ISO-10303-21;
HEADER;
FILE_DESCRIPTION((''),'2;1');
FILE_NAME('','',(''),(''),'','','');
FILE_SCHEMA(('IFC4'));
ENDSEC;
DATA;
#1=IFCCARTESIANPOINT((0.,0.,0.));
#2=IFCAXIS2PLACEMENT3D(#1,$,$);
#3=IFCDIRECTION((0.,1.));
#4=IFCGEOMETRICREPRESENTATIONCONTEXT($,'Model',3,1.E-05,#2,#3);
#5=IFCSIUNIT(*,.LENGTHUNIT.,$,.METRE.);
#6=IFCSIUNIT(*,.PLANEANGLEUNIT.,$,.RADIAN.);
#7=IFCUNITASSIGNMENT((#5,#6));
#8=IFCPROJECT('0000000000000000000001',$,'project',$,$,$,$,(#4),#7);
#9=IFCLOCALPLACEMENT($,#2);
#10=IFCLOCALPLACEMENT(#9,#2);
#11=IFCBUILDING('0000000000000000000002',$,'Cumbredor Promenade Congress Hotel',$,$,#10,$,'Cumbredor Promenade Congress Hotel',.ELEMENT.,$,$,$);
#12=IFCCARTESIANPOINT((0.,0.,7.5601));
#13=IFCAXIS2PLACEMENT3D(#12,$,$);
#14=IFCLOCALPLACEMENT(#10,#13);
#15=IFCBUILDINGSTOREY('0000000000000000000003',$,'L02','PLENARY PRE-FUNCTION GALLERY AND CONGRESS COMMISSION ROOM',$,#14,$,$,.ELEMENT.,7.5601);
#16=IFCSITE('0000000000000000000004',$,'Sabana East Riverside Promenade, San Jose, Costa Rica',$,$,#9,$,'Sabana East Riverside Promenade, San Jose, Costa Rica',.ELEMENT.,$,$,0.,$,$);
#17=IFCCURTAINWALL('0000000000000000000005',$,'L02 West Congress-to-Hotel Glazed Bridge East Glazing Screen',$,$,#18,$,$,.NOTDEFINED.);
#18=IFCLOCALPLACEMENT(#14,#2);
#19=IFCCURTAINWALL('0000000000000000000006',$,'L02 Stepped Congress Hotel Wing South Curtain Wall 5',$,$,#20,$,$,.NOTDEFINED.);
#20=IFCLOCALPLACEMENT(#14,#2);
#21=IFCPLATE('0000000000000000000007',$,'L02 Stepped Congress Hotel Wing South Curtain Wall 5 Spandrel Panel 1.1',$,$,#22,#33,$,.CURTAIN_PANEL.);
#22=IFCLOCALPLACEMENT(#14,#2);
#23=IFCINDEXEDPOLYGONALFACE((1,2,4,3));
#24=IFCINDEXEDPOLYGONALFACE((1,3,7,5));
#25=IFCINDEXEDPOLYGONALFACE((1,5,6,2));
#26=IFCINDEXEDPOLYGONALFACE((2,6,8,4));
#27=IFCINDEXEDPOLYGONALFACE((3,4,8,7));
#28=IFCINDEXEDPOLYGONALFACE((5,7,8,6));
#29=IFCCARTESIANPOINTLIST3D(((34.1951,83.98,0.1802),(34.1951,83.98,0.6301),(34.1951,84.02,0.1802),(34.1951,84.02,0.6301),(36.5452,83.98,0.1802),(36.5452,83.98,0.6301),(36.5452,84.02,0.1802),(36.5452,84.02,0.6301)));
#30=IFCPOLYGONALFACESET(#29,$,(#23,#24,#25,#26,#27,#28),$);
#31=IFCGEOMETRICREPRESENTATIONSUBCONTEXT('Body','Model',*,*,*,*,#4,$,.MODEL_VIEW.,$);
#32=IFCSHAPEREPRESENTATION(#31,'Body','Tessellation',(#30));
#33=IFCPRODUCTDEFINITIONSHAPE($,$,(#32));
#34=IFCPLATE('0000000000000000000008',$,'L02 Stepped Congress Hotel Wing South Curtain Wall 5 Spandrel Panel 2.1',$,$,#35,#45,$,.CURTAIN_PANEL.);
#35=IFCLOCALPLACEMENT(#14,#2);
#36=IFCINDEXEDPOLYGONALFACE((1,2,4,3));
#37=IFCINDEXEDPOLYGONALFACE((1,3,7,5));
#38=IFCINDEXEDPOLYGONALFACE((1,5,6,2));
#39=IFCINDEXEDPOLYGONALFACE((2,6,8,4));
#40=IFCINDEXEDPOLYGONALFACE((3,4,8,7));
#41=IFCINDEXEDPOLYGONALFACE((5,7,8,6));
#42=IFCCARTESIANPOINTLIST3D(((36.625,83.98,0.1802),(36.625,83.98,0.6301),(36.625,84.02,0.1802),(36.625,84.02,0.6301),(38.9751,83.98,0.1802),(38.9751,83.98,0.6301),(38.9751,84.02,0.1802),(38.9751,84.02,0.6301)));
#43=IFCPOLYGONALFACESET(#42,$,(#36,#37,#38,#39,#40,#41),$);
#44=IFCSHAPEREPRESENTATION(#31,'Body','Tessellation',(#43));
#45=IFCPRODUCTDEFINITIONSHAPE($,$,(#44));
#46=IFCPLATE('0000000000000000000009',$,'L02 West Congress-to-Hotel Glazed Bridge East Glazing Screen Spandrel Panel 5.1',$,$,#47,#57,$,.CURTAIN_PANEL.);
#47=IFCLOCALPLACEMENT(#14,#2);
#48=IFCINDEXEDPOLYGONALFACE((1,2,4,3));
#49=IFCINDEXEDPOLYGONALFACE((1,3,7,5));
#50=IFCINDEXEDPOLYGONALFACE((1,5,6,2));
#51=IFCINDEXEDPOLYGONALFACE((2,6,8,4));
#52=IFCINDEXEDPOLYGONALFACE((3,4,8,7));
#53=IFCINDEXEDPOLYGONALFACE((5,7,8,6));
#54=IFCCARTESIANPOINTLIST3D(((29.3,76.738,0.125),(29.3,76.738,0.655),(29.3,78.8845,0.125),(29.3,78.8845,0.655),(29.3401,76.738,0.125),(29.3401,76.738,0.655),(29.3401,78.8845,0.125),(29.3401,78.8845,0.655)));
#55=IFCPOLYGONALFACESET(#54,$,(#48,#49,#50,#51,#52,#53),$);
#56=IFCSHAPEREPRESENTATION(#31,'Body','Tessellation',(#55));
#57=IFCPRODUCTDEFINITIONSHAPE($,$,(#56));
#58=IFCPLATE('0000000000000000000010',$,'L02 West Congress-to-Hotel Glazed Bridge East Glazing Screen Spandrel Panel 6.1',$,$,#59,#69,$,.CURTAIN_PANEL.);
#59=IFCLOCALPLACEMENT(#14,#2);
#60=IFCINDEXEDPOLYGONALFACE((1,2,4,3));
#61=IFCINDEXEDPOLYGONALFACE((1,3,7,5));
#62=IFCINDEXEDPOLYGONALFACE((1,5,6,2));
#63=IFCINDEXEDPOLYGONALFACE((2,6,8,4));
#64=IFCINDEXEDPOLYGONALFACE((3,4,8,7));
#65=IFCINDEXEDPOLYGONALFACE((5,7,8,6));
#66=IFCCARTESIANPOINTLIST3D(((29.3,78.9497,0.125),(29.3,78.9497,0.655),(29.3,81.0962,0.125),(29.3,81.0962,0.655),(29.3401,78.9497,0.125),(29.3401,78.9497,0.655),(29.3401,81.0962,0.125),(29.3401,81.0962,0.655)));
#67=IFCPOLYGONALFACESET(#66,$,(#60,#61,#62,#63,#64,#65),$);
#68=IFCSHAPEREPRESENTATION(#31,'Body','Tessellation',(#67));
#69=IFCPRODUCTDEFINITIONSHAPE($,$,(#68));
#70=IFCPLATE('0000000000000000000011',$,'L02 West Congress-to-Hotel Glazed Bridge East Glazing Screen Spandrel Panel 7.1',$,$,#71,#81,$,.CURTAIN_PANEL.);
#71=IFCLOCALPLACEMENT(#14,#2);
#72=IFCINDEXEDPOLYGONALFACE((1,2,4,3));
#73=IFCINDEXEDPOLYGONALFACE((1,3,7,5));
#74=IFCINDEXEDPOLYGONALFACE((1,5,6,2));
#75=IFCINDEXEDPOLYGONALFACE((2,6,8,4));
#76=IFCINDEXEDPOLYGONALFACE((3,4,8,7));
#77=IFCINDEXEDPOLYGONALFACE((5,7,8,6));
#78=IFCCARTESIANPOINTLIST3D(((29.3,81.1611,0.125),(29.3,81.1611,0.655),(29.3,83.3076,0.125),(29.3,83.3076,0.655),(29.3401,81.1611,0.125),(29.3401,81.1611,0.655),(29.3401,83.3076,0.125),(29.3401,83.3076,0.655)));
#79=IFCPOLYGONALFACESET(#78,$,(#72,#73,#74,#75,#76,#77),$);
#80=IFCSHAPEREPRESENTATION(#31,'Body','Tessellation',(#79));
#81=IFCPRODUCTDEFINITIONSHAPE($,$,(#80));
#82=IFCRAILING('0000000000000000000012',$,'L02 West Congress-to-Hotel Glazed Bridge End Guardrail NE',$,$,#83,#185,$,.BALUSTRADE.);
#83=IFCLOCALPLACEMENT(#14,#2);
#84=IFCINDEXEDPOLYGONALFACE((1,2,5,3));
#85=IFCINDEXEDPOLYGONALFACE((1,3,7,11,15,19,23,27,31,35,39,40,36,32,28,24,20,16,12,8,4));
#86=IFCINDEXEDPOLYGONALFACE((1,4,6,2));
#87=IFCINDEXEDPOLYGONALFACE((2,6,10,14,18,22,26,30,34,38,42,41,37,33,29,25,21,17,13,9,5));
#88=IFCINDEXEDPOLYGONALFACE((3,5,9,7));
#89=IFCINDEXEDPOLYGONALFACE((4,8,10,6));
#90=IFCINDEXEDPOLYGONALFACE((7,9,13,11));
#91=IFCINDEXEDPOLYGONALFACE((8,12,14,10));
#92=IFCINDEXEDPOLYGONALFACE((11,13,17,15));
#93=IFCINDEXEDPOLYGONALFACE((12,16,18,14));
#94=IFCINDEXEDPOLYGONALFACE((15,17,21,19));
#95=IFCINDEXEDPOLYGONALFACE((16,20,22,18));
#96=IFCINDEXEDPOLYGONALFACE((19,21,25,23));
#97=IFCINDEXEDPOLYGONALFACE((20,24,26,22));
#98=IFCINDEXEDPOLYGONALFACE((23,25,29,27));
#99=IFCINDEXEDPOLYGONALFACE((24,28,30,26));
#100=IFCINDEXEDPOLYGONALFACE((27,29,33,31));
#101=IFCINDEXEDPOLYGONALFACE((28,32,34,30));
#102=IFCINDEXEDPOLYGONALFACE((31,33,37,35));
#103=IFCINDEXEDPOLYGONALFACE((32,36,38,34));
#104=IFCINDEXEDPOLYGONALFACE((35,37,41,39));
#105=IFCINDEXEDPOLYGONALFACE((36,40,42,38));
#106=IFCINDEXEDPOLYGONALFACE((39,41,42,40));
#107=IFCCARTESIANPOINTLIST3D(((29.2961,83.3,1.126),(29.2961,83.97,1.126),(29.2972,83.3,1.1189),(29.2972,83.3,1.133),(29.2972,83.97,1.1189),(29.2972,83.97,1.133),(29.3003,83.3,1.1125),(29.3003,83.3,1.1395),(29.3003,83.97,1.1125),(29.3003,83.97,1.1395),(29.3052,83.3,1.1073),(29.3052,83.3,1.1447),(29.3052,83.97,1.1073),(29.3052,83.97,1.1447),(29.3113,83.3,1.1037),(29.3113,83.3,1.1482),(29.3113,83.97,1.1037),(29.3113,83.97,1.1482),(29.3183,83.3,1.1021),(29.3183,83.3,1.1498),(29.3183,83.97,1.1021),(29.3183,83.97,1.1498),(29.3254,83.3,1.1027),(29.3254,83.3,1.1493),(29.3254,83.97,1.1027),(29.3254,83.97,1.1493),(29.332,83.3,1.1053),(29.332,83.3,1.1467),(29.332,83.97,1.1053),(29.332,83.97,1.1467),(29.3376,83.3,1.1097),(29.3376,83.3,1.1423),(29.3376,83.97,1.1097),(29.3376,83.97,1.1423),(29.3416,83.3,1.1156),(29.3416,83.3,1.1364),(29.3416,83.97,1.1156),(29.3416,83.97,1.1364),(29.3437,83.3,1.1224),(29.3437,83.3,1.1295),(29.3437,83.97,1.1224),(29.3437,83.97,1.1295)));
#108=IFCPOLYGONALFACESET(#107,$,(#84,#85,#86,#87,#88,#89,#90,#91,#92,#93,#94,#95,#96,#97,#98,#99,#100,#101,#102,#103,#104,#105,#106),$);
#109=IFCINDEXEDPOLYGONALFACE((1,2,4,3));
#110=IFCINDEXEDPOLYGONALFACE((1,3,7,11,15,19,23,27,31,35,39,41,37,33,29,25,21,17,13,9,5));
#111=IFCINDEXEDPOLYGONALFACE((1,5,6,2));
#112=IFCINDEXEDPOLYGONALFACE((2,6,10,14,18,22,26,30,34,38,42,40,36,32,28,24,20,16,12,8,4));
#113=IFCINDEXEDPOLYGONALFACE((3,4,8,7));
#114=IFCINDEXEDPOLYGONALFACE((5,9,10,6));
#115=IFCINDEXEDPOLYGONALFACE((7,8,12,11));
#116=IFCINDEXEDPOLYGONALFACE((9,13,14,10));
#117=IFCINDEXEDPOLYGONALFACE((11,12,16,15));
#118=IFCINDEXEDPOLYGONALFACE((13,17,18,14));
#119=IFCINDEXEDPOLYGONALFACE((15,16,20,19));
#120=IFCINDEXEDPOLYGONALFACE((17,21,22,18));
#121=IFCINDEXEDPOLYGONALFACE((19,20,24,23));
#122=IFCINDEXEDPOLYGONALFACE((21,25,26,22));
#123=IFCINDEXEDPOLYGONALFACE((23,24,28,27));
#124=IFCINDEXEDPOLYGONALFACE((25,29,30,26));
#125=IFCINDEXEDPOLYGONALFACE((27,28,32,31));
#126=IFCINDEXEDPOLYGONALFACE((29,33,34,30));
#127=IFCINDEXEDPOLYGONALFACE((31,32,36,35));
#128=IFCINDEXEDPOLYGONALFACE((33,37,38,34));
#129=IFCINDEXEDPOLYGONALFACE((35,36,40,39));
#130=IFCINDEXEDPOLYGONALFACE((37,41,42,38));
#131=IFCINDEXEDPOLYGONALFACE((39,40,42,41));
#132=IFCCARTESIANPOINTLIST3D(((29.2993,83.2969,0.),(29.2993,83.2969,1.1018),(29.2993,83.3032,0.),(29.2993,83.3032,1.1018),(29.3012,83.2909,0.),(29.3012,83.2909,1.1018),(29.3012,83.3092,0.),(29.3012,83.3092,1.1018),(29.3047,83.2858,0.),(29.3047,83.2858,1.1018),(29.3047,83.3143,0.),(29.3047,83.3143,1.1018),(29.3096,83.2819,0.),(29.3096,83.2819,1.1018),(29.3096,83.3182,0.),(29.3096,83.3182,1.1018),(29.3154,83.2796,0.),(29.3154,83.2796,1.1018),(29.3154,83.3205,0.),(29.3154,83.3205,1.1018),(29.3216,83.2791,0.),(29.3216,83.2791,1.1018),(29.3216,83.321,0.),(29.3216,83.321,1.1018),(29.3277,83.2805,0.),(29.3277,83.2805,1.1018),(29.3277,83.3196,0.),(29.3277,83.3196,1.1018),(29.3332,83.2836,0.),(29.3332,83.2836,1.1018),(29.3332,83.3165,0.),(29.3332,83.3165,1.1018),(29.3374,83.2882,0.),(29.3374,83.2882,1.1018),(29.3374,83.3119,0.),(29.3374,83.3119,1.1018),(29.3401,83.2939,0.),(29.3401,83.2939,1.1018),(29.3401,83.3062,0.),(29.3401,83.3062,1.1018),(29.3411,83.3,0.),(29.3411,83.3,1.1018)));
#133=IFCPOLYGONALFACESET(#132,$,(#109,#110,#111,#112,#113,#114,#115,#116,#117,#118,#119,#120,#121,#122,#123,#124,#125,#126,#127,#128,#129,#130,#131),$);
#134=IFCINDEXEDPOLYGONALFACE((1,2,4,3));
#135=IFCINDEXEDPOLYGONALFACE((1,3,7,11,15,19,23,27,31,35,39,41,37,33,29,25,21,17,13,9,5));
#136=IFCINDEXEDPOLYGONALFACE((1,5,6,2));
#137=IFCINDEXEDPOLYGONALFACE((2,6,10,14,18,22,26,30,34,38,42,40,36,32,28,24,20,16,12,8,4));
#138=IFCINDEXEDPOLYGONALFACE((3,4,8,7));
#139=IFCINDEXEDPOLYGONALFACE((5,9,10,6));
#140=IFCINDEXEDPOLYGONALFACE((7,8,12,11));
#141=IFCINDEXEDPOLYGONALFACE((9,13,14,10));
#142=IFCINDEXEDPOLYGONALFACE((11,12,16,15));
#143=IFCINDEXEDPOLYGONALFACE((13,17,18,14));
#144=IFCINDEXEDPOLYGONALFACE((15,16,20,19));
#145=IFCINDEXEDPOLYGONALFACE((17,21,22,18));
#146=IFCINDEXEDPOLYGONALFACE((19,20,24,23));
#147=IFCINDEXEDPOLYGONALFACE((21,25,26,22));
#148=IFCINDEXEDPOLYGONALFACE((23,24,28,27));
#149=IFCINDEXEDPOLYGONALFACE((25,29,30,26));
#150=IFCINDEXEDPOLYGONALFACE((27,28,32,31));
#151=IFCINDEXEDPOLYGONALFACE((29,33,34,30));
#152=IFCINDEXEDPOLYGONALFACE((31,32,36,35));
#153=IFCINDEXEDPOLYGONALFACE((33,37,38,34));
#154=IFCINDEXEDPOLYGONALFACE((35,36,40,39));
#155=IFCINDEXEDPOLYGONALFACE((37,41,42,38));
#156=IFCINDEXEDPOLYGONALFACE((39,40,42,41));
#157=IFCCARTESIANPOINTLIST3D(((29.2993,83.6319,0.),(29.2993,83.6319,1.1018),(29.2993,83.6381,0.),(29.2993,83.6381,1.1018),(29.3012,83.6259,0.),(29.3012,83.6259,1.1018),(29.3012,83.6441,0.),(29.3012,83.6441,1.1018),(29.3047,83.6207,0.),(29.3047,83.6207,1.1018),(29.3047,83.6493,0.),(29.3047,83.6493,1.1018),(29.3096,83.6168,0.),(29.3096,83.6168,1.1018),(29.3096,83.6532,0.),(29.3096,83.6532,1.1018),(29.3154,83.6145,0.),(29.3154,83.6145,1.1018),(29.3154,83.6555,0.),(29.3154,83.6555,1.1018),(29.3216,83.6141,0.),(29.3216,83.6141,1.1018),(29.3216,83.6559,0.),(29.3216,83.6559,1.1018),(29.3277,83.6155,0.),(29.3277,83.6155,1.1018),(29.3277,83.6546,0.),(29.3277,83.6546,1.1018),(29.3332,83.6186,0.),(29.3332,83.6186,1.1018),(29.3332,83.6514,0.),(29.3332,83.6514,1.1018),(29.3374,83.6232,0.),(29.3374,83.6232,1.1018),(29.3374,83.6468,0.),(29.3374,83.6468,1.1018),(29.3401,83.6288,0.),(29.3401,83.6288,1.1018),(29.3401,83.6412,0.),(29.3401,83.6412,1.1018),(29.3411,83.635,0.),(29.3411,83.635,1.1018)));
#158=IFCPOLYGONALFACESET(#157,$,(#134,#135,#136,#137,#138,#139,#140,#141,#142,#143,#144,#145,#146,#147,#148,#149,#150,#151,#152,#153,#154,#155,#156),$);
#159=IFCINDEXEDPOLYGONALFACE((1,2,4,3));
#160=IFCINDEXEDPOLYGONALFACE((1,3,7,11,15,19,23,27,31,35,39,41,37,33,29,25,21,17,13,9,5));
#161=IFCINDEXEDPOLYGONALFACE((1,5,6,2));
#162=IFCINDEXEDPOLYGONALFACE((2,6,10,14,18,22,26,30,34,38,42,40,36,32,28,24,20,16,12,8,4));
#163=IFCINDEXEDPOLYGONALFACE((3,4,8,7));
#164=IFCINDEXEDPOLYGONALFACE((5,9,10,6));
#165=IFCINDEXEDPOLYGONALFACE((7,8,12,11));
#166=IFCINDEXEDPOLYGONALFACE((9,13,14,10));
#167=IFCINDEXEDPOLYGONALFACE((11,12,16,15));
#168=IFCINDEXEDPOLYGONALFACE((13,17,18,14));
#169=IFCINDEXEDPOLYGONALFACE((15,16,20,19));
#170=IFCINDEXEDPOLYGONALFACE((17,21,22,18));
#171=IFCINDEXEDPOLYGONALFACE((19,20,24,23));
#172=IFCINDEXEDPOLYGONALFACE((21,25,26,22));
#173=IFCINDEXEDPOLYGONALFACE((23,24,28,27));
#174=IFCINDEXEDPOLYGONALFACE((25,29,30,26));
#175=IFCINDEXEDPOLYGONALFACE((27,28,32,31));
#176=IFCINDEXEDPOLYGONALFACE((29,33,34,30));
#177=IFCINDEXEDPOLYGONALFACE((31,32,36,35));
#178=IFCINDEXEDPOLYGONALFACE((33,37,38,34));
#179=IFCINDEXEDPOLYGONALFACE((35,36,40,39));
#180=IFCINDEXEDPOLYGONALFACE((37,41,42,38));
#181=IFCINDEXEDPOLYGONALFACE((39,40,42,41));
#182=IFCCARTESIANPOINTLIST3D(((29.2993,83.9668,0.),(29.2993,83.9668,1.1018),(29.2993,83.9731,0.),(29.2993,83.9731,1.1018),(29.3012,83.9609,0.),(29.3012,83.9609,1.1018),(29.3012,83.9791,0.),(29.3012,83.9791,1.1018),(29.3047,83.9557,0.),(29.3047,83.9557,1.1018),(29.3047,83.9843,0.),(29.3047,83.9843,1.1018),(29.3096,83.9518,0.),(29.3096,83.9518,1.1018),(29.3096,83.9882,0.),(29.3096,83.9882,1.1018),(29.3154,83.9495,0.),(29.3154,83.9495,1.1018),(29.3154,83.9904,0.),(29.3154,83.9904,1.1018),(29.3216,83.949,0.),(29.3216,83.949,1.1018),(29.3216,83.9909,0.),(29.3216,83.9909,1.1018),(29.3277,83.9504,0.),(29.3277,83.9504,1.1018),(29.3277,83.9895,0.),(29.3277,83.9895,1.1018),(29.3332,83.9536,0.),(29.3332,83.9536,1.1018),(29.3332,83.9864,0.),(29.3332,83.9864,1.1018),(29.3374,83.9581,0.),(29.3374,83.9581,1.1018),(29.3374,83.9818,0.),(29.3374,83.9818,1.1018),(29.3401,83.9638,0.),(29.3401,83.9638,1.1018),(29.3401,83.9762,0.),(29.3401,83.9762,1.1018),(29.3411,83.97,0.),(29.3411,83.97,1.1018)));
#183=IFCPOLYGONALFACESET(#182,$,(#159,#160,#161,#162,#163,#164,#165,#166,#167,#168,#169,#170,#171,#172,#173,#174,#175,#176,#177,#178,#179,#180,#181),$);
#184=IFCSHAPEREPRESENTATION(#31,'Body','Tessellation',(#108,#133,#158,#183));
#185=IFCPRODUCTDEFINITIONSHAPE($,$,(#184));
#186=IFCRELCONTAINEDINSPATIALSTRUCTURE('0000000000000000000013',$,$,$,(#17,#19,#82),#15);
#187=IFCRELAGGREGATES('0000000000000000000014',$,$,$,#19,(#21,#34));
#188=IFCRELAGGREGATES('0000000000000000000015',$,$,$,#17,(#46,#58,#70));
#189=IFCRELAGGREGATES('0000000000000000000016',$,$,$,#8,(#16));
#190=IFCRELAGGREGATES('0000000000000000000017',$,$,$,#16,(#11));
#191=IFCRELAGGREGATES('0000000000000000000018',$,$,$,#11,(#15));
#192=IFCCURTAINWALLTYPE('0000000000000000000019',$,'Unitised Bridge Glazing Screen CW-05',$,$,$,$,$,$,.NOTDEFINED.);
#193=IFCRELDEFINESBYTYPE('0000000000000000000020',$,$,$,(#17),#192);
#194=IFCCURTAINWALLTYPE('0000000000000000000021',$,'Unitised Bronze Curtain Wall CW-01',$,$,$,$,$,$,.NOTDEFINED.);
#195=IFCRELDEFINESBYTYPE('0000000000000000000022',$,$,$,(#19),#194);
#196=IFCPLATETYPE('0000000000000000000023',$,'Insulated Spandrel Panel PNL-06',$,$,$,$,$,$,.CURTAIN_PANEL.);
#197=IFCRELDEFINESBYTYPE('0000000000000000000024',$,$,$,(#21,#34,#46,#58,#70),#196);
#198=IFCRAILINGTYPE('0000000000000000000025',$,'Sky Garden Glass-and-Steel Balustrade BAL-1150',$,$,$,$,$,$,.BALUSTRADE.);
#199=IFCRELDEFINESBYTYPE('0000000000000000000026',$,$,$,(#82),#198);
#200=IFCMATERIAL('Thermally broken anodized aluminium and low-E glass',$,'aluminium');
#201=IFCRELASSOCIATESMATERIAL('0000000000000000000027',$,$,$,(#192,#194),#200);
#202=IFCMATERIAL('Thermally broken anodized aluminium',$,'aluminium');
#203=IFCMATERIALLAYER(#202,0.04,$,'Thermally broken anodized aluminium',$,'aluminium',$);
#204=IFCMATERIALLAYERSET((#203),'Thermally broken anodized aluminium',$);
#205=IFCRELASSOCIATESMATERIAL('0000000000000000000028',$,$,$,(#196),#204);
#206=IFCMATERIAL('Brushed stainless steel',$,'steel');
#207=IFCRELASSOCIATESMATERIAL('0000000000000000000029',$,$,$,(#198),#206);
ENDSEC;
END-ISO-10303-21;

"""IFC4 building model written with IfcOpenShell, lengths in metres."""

from ifc_helpers import new_model, si_unit, direction, frame, origin, origin_2d, place, context, subcontext, project, spatial, rectangle, circle, extrude, material, layer, layer_set, type_object, element, aggregate, save


model = new_model("IFC4")

# Units and contexts
model_context = context("Model", 3, precision=1e-05, world=origin(), true_north=direction((0.0, 1.0)))
body_context = subcontext(model_context, "Body", "Model", "MODEL_VIEW")
ifc_project = project(units=[si_unit("LENGTHUNIT", "METRE"), si_unit("PLANEANGLEUNIT", "RADIAN")], contexts=[model_context])

# Site, building, storey
site_placement = place(None, origin())
site = spatial("IfcSite", under=ifc_project, at=site_placement, Name="Sabana East Riverside Promenade, San Jose, Costa Rica", LongName="Sabana East Riverside Promenade, San Jose, Costa Rica", CompositionType="ELEMENT", RefElevation=0.0)
building_placement = place(site_placement, origin())
building = spatial("IfcBuilding", under=site, at=building_placement, Name="Cumbredor Promenade Congress Hotel", LongName="Cumbredor Promenade Congress Hotel", CompositionType="ELEMENT")
storey_placement = place(building_placement, frame((0.0, 0.0, 7.5601)))
storey = spatial("IfcBuildingStorey", under=building, at=storey_placement, Name="L02", Description="PLENARY PRE-FUNCTION GALLERY AND CONGRESS COMMISSION ROOM", CompositionType="ELEMENT", Elevation=7.5601)

# Curtain walls
ifc_material_1 = material(Name="Thermally broken anodized aluminium and low-E glass", Category="aluminium")
curtain_wall_type_1 = type_object("IfcCurtainWallType", Name="Unitised Bridge Glazing Screen CW-05", PredefinedType="NOTDEFINED", material=ifc_material_1)
curtain_wall_1_placement = place(storey_placement, origin())
curtain_wall_1 = element("IfcCurtainWall", 1, at=curtain_wall_1_placement, inside=storey, type_object=curtain_wall_type_1, Name="L02 West Congress-to-Hotel Glazed Bridge East Glazing Screen", PredefinedType="NOTDEFINED")
ifc_material_2 = material(Name="Thermally broken anodized aluminium", Category="aluminium")
curtain_wall_type_2 = type_object("IfcCurtainWallType", Name="Unitised Bronze Curtain Wall CW-01", PredefinedType="NOTDEFINED", material=ifc_material_1)
curtain_wall_2_placement = place(storey_placement, origin())
curtain_wall_2 = element("IfcCurtainWall", 2, at=curtain_wall_2_placement, inside=storey, type_object=curtain_wall_type_2, Name="L02 Stepped Congress Hotel Wing South Curtain Wall 5", PredefinedType="NOTDEFINED")

# Plates
ifc_layer_1 = layer(ifc_material_2, 0.04, Name="Thermally broken anodized aluminium", Category="aluminium")
ifc_layer_set_1 = layer_set([ifc_layer_1], Name="Thermally broken anodized aluminium")
plate_type_1 = type_object("IfcPlateType", Name="Insulated Spandrel Panel PNL-06", PredefinedType="CURTAIN_PANEL", material=ifc_layer_set_1)
plate_1_placement = place(storey_placement, frame((35.3701, 84.0, 0.1802), z_axis=(0.0, 0.0, 1.0), x_axis=(1.0, 0.0, 0.0)))
plate_1 = element("IfcPlate", 3, at=plate_1_placement, type_object=plate_type_1, Name="L02 Stepped Congress Hotel Wing South Curtain Wall 5 Spandrel Panel 1.1", PredefinedType="CURTAIN_PANEL", context=body_context, shape_type="SweptSolid", body=[
    extrude(rectangle(XDim=2.3501, YDim=0.04, at=origin_2d()), origin(), (0.0, 0.0, 1.0), 0.45),
])
plate_2_placement = place(storey_placement, frame((37.8, 84.0, 0.1802), z_axis=(0.0, 0.0, 1.0), x_axis=(1.0, 0.0, 0.0)))
plate_2 = element("IfcPlate", 4, at=plate_2_placement, type_object=plate_type_1, Name="L02 Stepped Congress Hotel Wing South Curtain Wall 5 Spandrel Panel 2.1", PredefinedType="CURTAIN_PANEL", context=body_context, shape_type="SweptSolid", body=[
    extrude(rectangle(XDim=2.3501, YDim=0.04, at=origin_2d()), origin(), (0.0, 0.0, 1.0), 0.45),
])
aggregate(curtain_wall_2, [plate_1, plate_2])
plate_3_placement = place(storey_placement, frame((29.3201, 77.8113, 0.125), z_axis=(0.0, 0.0, 1.0), x_axis=(0.0, 1.0, 0.0)))
plate_3 = element("IfcPlate", 5, at=plate_3_placement, type_object=plate_type_1, Name="L02 West Congress-to-Hotel Glazed Bridge East Glazing Screen Spandrel Panel 5.1", PredefinedType="CURTAIN_PANEL", context=body_context, shape_type="SweptSolid", body=[
    extrude(rectangle(XDim=2.1465, YDim=0.04, at=origin_2d()), origin(), (0.0, 0.0, 1.0), 0.53),
])
plate_4_placement = place(storey_placement, frame((29.3201, 80.0229, 0.125), z_axis=(0.0, 0.0, 1.0), x_axis=(0.0, 1.0, 0.0)))
plate_4 = element("IfcPlate", 6, at=plate_4_placement, type_object=plate_type_1, Name="L02 West Congress-to-Hotel Glazed Bridge East Glazing Screen Spandrel Panel 6.1", PredefinedType="CURTAIN_PANEL", context=body_context, shape_type="SweptSolid", body=[
    extrude(rectangle(XDim=2.1465, YDim=0.04, at=origin_2d()), origin(), (0.0, 0.0, 1.0), 0.53),
])
plate_5_placement = place(storey_placement, frame((29.3201, 82.2344, 0.125), z_axis=(0.0, 0.0, 1.0), x_axis=(0.0, 1.0, 0.0)))
plate_5 = element("IfcPlate", 7, at=plate_5_placement, type_object=plate_type_1, Name="L02 West Congress-to-Hotel Glazed Bridge East Glazing Screen Spandrel Panel 7.1", PredefinedType="CURTAIN_PANEL", context=body_context, shape_type="SweptSolid", body=[
    extrude(rectangle(XDim=2.1465, YDim=0.04, at=origin_2d()), origin(), (0.0, 0.0, 1.0), 0.53),
])
aggregate(curtain_wall_1, [plate_3, plate_4, plate_5])

# Railing
ifc_material_3 = material(Name="Brushed stainless steel", Category="steel")
railing_type = type_object("IfcRailingType", Name="Sky Garden Glass-and-Steel Balustrade BAL-1150", PredefinedType="BALUSTRADE", material=ifc_material_3)
railing_placement = place(storey_placement, frame((29.3201, 83.3, 0.0)))
element("IfcRailing", 8, at=railing_placement, inside=storey, type_object=railing_type, Name="L02 West Congress-to-Hotel Glazed Bridge End Guardrail NE", PredefinedType="BALUSTRADE", context=body_context, shape_type="SweptSolid", body=[
    extrude(circle(Radius=0.0239, at=origin_2d()), frame((0.0, 0.0, 1.126), z_axis=(0.0, 1.0, 0.0), x_axis=(-1.0, 0.0, 0.0)), (0.0, 0.0, 1.0), 0.6699),
    extrude(circle(Radius=0.021, at=origin_2d()), origin(), (0.0, 0.0, 1.0), 1.1018),
    extrude(circle(Radius=0.021, at=origin_2d()), frame((0.0, 0.335, 0.0)), (0.0, 0.0, 1.0), 1.1018),
    extrude(circle(Radius=0.021, at=origin_2d()), frame((0.0, 0.6699, 0.0)), (0.0, 0.0, 1.0), 1.1018),
])

save(model, "model.ifc")
